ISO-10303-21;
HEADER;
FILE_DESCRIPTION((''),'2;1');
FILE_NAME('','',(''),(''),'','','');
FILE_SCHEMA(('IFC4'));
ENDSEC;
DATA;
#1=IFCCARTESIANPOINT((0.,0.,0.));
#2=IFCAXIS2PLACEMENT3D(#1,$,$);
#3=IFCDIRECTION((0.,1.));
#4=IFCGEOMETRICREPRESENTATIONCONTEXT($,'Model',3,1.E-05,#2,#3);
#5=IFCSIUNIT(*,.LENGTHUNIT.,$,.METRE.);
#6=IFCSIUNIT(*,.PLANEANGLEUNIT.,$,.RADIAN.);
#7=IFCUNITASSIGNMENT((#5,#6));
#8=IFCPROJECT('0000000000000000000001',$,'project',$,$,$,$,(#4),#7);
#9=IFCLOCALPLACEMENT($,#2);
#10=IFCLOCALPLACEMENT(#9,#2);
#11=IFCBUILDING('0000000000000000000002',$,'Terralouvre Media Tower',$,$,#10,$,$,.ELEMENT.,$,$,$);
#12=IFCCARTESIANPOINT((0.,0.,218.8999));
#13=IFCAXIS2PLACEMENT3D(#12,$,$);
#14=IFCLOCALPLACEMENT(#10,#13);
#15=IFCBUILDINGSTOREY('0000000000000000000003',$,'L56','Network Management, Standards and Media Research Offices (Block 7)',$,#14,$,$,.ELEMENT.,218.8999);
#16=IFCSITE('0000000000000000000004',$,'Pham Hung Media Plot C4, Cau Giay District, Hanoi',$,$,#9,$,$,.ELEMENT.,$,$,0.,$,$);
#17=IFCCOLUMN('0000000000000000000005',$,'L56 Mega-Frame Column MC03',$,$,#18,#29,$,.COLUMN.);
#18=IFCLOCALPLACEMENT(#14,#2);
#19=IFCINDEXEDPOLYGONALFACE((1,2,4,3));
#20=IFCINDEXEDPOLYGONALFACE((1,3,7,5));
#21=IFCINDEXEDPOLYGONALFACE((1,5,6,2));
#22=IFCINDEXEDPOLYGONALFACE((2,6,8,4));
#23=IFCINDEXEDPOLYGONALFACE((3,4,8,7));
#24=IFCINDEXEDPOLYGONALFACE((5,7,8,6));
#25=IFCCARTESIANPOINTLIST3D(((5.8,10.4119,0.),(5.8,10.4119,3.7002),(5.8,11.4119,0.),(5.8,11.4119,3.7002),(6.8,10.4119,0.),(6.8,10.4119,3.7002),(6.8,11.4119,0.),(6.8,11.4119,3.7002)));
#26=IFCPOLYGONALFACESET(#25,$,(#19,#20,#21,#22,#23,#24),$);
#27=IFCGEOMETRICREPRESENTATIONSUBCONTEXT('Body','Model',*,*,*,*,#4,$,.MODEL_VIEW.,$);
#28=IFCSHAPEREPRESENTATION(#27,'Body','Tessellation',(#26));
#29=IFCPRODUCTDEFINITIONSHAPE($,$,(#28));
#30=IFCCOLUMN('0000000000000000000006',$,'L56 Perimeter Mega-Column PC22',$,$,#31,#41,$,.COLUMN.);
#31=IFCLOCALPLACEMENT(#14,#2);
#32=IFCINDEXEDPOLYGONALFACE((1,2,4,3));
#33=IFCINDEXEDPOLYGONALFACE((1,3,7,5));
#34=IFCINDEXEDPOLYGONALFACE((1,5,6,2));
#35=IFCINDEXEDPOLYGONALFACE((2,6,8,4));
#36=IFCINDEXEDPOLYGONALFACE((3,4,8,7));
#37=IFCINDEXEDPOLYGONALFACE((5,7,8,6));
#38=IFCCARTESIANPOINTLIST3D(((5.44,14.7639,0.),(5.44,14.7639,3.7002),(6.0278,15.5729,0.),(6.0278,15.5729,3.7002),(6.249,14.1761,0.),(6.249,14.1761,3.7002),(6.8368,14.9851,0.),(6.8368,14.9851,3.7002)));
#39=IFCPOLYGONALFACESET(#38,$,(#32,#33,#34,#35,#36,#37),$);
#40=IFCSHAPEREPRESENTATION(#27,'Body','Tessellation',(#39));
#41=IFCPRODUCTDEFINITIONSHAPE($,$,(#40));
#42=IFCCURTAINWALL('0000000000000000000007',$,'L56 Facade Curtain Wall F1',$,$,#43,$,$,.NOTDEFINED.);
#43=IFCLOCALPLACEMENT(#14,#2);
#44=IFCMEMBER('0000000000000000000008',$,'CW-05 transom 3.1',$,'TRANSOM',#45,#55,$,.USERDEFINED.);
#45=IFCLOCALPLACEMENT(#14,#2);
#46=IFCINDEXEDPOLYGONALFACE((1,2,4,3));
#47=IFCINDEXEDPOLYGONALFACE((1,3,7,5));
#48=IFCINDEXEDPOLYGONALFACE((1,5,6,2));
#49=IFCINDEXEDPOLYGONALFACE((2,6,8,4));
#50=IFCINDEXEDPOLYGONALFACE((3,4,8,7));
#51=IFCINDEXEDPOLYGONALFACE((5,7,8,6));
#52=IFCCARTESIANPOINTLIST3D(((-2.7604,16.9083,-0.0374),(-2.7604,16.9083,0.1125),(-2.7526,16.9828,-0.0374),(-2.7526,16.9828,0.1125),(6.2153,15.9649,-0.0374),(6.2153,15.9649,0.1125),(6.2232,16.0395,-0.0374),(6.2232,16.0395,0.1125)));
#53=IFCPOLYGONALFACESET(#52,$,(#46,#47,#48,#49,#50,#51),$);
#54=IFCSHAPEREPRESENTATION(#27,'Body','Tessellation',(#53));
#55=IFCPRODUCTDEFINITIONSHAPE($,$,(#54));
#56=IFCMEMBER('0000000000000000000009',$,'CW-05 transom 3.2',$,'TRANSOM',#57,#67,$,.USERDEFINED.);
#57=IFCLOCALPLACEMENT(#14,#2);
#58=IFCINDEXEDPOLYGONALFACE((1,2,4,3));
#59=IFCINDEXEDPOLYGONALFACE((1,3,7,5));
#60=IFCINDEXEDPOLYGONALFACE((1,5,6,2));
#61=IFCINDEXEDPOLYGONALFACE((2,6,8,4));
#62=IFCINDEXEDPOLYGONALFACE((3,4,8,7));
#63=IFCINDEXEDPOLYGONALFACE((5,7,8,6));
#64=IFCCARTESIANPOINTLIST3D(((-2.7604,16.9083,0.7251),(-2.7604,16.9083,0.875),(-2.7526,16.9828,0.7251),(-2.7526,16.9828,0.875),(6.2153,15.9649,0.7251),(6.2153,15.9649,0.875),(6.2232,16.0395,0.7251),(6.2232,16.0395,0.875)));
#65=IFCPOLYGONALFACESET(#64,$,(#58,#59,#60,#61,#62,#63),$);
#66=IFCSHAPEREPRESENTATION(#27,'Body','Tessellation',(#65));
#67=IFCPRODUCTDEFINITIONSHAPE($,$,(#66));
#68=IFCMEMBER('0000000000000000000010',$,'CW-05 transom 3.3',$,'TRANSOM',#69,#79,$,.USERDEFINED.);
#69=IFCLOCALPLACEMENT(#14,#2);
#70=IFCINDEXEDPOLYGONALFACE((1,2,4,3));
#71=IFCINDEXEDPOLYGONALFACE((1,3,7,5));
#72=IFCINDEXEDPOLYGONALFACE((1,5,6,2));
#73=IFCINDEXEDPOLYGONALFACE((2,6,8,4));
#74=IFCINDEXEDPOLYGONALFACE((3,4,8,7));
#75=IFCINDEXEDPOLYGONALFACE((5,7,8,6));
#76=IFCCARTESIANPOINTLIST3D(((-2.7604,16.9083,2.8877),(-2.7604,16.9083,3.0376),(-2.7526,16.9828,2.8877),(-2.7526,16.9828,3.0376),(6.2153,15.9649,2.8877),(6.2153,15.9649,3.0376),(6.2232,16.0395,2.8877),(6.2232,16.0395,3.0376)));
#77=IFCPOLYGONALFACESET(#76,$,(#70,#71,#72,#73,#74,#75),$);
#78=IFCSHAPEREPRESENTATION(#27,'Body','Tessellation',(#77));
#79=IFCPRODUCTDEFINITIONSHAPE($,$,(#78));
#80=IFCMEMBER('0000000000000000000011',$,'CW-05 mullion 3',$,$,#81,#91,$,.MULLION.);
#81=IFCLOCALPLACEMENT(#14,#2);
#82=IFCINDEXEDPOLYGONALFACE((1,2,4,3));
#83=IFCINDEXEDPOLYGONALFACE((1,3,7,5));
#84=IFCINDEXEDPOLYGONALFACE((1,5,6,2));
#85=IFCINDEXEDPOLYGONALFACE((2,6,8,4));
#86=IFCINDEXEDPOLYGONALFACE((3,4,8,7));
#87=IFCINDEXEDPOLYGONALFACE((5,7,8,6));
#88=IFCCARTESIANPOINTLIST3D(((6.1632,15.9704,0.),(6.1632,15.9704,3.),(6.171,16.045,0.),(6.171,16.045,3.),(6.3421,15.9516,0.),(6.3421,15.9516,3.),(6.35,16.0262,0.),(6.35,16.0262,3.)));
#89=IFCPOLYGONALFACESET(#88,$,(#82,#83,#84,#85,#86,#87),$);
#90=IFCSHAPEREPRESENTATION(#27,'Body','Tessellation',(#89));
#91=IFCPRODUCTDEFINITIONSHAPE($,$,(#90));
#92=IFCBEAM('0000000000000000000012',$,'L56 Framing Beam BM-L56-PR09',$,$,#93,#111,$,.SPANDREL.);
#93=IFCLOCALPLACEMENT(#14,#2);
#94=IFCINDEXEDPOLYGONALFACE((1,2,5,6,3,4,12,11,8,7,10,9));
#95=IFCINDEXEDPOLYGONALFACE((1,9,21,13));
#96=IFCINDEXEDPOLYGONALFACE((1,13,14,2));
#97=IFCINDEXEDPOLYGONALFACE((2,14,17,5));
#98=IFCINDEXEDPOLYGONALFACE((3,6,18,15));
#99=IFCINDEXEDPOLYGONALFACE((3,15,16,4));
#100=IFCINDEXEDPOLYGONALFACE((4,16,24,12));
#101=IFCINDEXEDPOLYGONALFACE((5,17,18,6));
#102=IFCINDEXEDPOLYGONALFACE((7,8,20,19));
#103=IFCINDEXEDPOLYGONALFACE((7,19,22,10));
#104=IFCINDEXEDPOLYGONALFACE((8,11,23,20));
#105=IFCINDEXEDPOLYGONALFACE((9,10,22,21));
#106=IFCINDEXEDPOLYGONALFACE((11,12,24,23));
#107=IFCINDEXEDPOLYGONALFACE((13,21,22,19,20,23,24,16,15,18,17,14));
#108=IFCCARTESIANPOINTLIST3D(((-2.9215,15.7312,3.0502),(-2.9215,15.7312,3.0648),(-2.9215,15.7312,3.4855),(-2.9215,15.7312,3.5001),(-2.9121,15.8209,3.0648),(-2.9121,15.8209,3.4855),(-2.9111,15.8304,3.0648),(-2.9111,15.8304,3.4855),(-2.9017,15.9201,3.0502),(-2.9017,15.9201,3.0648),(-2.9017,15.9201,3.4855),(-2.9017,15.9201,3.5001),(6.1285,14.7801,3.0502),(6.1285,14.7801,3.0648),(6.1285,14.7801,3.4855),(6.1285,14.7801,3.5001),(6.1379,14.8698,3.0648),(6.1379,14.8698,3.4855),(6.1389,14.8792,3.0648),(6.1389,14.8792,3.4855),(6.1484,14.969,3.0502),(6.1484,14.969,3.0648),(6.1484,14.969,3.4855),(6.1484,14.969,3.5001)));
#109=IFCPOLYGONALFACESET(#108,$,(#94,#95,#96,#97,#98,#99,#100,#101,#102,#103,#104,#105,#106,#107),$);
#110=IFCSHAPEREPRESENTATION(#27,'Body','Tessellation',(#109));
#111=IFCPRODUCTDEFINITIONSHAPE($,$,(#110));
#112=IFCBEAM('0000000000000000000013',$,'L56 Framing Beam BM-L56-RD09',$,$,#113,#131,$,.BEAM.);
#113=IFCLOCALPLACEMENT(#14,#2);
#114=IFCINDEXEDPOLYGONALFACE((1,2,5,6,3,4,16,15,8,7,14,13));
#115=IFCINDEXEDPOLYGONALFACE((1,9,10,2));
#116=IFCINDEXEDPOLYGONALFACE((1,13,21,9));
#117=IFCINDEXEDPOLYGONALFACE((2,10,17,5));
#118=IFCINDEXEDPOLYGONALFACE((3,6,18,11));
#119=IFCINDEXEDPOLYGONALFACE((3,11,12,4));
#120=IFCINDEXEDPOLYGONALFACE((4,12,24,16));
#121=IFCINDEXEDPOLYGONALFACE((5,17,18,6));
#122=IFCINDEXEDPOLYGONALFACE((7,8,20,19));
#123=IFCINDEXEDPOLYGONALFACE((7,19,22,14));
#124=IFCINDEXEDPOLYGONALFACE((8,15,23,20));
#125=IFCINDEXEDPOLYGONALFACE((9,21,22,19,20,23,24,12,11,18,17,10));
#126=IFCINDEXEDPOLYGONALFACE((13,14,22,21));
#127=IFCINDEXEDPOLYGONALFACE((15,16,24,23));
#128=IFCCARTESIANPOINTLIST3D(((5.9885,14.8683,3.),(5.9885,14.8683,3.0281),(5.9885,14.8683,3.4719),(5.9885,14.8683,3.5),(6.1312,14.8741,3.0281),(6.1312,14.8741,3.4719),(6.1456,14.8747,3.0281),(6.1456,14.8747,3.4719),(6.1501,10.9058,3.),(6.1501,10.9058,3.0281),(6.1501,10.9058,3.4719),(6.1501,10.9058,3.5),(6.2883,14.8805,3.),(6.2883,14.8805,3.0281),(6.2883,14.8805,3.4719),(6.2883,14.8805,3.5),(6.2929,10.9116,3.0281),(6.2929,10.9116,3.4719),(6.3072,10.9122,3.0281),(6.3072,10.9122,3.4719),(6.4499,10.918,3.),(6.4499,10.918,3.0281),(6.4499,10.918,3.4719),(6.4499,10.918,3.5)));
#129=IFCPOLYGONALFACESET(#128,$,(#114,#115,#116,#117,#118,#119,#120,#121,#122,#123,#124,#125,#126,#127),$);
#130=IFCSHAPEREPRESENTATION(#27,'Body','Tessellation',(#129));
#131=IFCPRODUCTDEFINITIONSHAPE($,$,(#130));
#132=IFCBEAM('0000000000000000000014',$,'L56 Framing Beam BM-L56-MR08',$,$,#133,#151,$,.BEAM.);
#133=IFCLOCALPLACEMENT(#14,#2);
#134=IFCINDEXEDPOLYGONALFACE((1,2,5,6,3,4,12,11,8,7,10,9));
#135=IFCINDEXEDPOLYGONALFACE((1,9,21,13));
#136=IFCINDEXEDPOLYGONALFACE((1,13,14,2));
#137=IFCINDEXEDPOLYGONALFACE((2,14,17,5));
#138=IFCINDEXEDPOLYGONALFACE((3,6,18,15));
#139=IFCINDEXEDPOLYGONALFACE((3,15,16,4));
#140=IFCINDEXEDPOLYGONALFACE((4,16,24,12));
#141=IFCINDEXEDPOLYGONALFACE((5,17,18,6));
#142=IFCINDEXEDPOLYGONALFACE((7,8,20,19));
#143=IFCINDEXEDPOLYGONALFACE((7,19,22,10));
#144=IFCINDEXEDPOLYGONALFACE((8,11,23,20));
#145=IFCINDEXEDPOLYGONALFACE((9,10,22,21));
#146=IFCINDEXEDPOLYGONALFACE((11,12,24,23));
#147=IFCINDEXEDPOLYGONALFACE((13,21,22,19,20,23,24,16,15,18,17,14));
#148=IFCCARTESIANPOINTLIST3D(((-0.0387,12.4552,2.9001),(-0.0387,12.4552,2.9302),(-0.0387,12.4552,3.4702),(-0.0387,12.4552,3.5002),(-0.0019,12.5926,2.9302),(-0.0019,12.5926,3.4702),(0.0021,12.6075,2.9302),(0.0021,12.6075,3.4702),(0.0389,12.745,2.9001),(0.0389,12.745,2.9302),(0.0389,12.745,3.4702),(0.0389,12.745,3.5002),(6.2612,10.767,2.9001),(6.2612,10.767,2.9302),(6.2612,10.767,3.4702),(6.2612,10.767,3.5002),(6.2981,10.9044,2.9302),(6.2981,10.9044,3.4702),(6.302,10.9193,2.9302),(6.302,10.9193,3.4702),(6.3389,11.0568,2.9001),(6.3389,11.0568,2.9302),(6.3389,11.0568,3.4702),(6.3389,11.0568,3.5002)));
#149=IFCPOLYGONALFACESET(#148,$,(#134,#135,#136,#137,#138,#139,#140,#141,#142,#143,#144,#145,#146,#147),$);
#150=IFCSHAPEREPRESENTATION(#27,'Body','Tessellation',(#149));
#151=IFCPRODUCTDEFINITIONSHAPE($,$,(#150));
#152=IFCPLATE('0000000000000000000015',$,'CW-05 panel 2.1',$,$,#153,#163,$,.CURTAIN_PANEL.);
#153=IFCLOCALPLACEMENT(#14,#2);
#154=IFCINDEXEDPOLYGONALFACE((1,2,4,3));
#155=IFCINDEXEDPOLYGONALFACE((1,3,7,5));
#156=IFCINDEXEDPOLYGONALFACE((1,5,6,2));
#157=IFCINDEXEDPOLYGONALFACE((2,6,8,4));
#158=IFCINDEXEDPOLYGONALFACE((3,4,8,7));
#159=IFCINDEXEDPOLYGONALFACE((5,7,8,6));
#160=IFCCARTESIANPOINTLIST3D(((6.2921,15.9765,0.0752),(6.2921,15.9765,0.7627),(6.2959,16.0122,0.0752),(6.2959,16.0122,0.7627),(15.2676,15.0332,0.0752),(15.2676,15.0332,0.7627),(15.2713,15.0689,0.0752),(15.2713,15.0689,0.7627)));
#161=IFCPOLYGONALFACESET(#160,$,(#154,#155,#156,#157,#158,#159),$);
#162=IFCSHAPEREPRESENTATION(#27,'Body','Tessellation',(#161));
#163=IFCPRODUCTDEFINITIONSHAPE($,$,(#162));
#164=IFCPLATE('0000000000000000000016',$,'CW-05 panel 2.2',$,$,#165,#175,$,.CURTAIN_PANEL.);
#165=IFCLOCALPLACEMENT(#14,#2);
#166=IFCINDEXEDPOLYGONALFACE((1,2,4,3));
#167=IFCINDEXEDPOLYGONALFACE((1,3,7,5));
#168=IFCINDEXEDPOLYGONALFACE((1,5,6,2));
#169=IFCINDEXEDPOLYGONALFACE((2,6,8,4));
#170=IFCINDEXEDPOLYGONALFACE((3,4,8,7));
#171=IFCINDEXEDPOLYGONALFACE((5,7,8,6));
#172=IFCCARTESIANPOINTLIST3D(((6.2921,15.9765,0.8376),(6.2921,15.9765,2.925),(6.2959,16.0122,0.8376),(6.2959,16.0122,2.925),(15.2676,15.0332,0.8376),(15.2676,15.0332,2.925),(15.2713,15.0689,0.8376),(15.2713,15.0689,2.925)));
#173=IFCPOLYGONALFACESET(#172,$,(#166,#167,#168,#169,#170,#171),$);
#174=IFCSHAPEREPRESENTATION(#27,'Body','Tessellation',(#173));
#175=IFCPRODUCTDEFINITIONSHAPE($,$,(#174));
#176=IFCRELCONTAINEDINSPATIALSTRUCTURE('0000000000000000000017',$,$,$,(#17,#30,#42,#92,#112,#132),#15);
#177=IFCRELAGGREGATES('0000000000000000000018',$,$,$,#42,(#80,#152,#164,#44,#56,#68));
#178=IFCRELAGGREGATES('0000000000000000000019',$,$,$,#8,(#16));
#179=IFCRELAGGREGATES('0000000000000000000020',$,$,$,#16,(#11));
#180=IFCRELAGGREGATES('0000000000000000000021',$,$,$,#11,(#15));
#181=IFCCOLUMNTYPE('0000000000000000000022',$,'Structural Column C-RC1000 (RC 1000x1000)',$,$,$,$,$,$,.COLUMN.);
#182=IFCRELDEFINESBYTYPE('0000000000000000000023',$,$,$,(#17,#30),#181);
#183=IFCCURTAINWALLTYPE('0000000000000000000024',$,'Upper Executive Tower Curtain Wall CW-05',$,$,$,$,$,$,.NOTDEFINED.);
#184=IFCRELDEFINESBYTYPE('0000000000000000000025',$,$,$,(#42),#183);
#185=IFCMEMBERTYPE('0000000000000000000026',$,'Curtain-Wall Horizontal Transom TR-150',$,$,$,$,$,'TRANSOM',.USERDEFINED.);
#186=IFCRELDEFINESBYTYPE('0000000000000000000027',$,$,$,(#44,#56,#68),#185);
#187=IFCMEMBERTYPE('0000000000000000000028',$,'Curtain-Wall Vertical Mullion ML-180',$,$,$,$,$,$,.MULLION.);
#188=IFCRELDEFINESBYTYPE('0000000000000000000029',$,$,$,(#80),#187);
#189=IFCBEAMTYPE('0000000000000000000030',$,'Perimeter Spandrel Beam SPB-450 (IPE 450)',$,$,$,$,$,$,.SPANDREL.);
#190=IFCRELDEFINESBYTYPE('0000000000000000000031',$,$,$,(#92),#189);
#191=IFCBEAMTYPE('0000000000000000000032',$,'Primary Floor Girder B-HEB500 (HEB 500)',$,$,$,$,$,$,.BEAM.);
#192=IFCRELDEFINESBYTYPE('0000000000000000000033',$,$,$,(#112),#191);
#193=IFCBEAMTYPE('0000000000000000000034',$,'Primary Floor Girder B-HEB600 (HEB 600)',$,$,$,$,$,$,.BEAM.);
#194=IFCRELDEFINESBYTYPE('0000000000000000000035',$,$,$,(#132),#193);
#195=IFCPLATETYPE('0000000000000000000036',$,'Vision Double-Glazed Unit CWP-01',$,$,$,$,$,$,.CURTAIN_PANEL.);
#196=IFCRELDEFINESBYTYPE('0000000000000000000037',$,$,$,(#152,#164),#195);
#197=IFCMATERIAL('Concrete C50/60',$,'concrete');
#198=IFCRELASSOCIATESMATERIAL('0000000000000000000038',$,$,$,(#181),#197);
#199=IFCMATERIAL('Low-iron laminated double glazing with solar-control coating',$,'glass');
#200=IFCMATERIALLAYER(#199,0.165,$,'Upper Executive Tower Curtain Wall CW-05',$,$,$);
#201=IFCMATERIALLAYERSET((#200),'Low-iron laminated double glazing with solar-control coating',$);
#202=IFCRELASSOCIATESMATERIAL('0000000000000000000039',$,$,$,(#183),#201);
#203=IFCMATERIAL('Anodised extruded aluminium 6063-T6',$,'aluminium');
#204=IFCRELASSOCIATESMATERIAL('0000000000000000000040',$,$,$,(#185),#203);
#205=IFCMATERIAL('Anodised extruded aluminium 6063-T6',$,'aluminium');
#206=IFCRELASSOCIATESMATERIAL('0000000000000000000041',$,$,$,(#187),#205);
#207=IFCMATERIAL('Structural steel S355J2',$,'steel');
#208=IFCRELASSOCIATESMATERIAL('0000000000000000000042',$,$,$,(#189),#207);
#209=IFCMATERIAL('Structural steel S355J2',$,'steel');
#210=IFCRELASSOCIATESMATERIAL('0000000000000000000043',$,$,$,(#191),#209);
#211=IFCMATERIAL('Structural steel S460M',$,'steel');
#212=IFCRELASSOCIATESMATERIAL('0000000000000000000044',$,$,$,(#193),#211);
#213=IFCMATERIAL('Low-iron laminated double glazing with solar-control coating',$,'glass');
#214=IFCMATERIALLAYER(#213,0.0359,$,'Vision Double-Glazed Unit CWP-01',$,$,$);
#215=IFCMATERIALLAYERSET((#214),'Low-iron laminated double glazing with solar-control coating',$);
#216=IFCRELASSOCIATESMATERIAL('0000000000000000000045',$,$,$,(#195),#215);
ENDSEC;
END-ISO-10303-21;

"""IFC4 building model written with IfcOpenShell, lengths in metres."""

from ifc_helpers import new_model, si_unit, direction, frame, origin, origin_2d, place, context, subcontext, project, spatial, rectangle, i_section, extrude, material, layer, layer_set, material_profile, profile_set, type_object, element, aggregate, save


model = new_model("IFC4")

# Units and contexts
model_context = context("Model", 3, precision=1e-05, world=origin(), true_north=direction((0.0, 1.0)))
body_context = subcontext(model_context, "Body", "Model", "MODEL_VIEW")
ifc_project = project(units=[si_unit("LENGTHUNIT", "METRE"), si_unit("PLANEANGLEUNIT", "RADIAN")], contexts=[model_context])

# Site, building, storey
site_placement = place(None, origin())
site = spatial("IfcSite", under=ifc_project, at=site_placement, Name="Pham Hung Media Plot C4, Cau Giay District, Hanoi", CompositionType="ELEMENT", RefElevation=0.0)
building_placement = place(site_placement, origin())
building = spatial("IfcBuilding", under=site, at=building_placement, Name="Terralouvre Media Tower", CompositionType="ELEMENT")
storey_placement = place(building_placement, frame((0.0, 0.0, 218.8999)))
storey = spatial("IfcBuildingStorey", under=building, at=storey_placement, Name="L56", Description="Network Management, Standards and Media Research Offices (Block 7)", CompositionType="ELEMENT", Elevation=218.8999)

# Columns
ifc_material_1 = material(Name="Concrete C50/60", Category="concrete")
ifc_material_profile_1 = material_profile(ifc_material_1, rectangle(XDim=1.0, YDim=1.0, at=origin_2d()), Name="RC 1000x1000")
ifc_profile_set_1 = profile_set([ifc_material_profile_1], Name="Concrete C50/60")
column_type = type_object("IfcColumnType", Name="Structural Column C-RC1000 (RC 1000x1000)", PredefinedType="COLUMN", material=ifc_profile_set_1)
for number, where, z_axis, x_axis, name in (
    (1, (6.3, 10.9119, 0.0), (0.0, 0.0, 1.0), (1.0, 0.0, 0.0), "L56 Mega-Frame Column MC03"),
    (2, (6.1384, 14.8745, 0.0), (0.0, 0.0, 1.0), (0.587785, 0.809017, 0.0), "L56 Perimeter Mega-Column PC22"),
):
    element("IfcColumn", number, at=place(storey_placement, frame(where, z_axis=z_axis, x_axis=x_axis)), inside=storey, type_object=column_type, Name=name, PredefinedType="COLUMN", context=body_context, shape_type="SweptSolid", body=[
        extrude(rectangle(XDim=1.0, YDim=1.0, at=origin_2d()), origin(), (0.0, 0.0, 1.0), 3.7002),
    ])

# Curtain wall, members
ifc_material_2 = material(Name="Low-iron laminated double glazing with solar-control coating", Category="glass")
ifc_layer_1 = layer(ifc_material_2, 0.165, Name="Upper Executive Tower Curtain Wall CW-05")
ifc_layer_set_1 = layer_set([ifc_layer_1], Name="Low-iron laminated double glazing with solar-control coating")
curtain_wall_type = type_object("IfcCurtainWallType", Name="Upper Executive Tower Curtain Wall CW-05", PredefinedType="NOTDEFINED", material=ifc_layer_set_1)
curtain_wall_placement = place(storey_placement, origin())
curtain_wall = element("IfcCurtainWall", 3, at=curtain_wall_placement, inside=storey, type_object=curtain_wall_type, Name="L56 Facade Curtain Wall F1", PredefinedType="NOTDEFINED")
ifc_material_3 = material(Name="Anodised extruded aluminium 6063-T6", Category="aluminium")
ifc_material_profile_2 = material_profile(ifc_material_3, rectangle(XDim=0.075, YDim=0.1499, at=origin_2d()), Name="ALU 75x150")
ifc_profile_set_2 = profile_set([ifc_material_profile_2], Name="Anodised extruded aluminium 6063-T6")
member_type_1 = type_object("IfcMemberType", Name="Curtain-Wall Horizontal Transom TR-150", ElementType="TRANSOM", PredefinedType="USERDEFINED", material=ifc_profile_set_2)
member_1_placement = place(storey_placement, frame((6.2192, 16.0022, 0.0376), z_axis=(-0.994522, 0.104527, 0.0), x_axis=(-0.104527, -0.994522, 0.0)))
member_1 = element("IfcMember", 4, at=member_1_placement, type_object=member_type_1, Name="CW-05 transom 3.1", ObjectType="TRANSOM", PredefinedType="USERDEFINED", context=body_context, shape_type="SweptSolid", body=[
    extrude(rectangle(XDim=0.075, YDim=0.1499, at=origin_2d()), origin(), (0.0, 0.0, 1.0), 9.0251),
])
member_2_placement = place(storey_placement, frame((6.2192, 16.0022, 0.8), z_axis=(-0.994522, 0.104527, 0.0), x_axis=(-0.104527, -0.994522, 0.0)))
member_2 = element("IfcMember", 5, at=member_2_placement, type_object=member_type_1, Name="CW-05 transom 3.2", ObjectType="TRANSOM", PredefinedType="USERDEFINED", context=body_context, shape_type="SweptSolid", body=[
    extrude(rectangle(XDim=0.075, YDim=0.1499, at=origin_2d()), origin(), (0.0, 0.0, 1.0), 9.0251),
])
member_3_placement = place(storey_placement, frame((6.2192, 16.0022, 2.9626), z_axis=(-0.994522, 0.104527, 0.0), x_axis=(-0.104527, -0.994522, 0.0)))
member_3 = element("IfcMember", 6, at=member_3_placement, type_object=member_type_1, Name="CW-05 transom 3.3", ObjectType="TRANSOM", PredefinedType="USERDEFINED", context=body_context, shape_type="SweptSolid", body=[
    extrude(rectangle(XDim=0.075, YDim=0.1499, at=origin_2d()), origin(), (0.0, 0.0, 1.0), 9.0251),
])
ifc_material_4 = material(Name="Anodised extruded aluminium 6063-T6", Category="aluminium")
ifc_material_profile_3 = material_profile(ifc_material_4, rectangle(XDim=0.075, YDim=0.1799, at=origin_2d()), Name="ALU 75x180")
ifc_profile_set_3 = profile_set([ifc_material_profile_3], Name="Anodised extruded aluminium 6063-T6")
member_type_2 = type_object("IfcMemberType", Name="Curtain-Wall Vertical Mullion ML-180", PredefinedType="MULLION", material=ifc_profile_set_3)
member_4_placement = place(storey_placement, frame((6.2566, 15.9983, 0.0), z_axis=(0.0, 0.0, 1.0), x_axis=(-0.104529, -0.994522, 0.0)))
member_4 = element("IfcMember", 7, at=member_4_placement, type_object=member_type_2, Name="CW-05 mullion 3", PredefinedType="MULLION", context=body_context, shape_type="SweptSolid", body=[
    extrude(rectangle(XDim=0.075, YDim=0.1799, at=origin_2d()), origin(), (0.0, 0.0, 1.0), 3.0),
])

# Beams
ifc_material_5 = material(Name="Structural steel S355J2", Category="steel")
ifc_material_profile_4 = material_profile(ifc_material_5, i_section(OverallWidth=0.1899, OverallDepth=0.45, WebThickness=0.0095, FlangeThickness=0.0146, at=origin_2d()), Name="IPE 450")
ifc_profile_set_4 = profile_set([ifc_material_profile_4], Name="Structural steel S355J2")
beam_type_1 = type_object("IfcBeamType", Name="Perimeter Spandrel Beam SPB-450 (IPE 450)", PredefinedType="SPANDREL", material=ifc_profile_set_4)
beam_1_placement = place(storey_placement, frame((6.1384, 14.8745, 3.2751), z_axis=(-0.994522, 0.104526, 0.0), x_axis=(-0.104526, -0.994522, 0.0)))
element("IfcBeam", 8, at=beam_1_placement, inside=storey, type_object=beam_type_1, Name="L56 Framing Beam BM-L56-PR09", PredefinedType="SPANDREL", context=body_context, shape_type="SweptSolid", body=[
    extrude(i_section(OverallWidth=0.1899, OverallDepth=0.45, WebThickness=0.0095, FlangeThickness=0.0146, at=origin_2d()), origin(), (0.0, 0.0, 1.0), 9.0999),
])
ifc_material_6 = material(Name="Structural steel S355J2", Category="steel")
ifc_material_profile_5 = material_profile(ifc_material_6, i_section(OverallWidth=0.3, OverallDepth=0.5, WebThickness=0.0144, FlangeThickness=0.0281, at=origin_2d()), Name="HEB 500")
ifc_profile_set_5 = profile_set([ifc_material_profile_5], Name="Structural steel S355J2")
beam_type_2 = type_object("IfcBeamType", Name="Primary Floor Girder B-HEB500 (HEB 500)", PredefinedType="BEAM", material=ifc_profile_set_5)
beam_2_placement = place(storey_placement, frame((6.3, 10.9119, 3.25), z_axis=(-0.040752, 0.999169, 0.0), x_axis=(-0.999169, -0.040752, 0.0)))
element("IfcBeam", 9, at=beam_2_placement, inside=storey, type_object=beam_type_2, Name="L56 Framing Beam BM-L56-RD09", PredefinedType="BEAM", context=body_context, shape_type="SweptSolid", body=[
    extrude(i_section(OverallWidth=0.3, OverallDepth=0.5, WebThickness=0.0144, FlangeThickness=0.0281, at=origin_2d()), origin(), (0.0, 0.0, 1.0), 3.9658),
])
ifc_material_7 = material(Name="Structural steel S460M", Category="steel")
ifc_material_profile_6 = material_profile(ifc_material_7, i_section(OverallWidth=0.3, OverallDepth=0.6001, WebThickness=0.0154, FlangeThickness=0.03, at=origin_2d()), Name="HEB 600")
ifc_profile_set_6 = profile_set([ifc_material_profile_6], Name="Structural steel S460M")
beam_type_3 = type_object("IfcBeamType", Name="Primary Floor Girder B-HEB600 (HEB 600)", PredefinedType="BEAM", material=ifc_profile_set_6)
beam_3_placement = place(storey_placement, frame((6.3, 10.9119, 3.2002), z_axis=(-0.96592, 0.258839, 0.0), x_axis=(-0.258839, -0.96592, 0.0)))
element("IfcBeam", 10, at=beam_3_placement, inside=storey, type_object=beam_type_3, Name="L56 Framing Beam BM-L56-MR08", PredefinedType="BEAM", context=body_context, shape_type="SweptSolid", body=[
    extrude(i_section(OverallWidth=0.3, OverallDepth=0.6001, WebThickness=0.0154, FlangeThickness=0.03, at=origin_2d()), origin(), (0.0, 0.0, 1.0), 6.5222),
])

# Plates
ifc_material_8 = material(Name="Low-iron laminated double glazing with solar-control coating", Category="glass")
ifc_layer_2 = layer(ifc_material_8, 0.0359, Name="Vision Double-Glazed Unit CWP-01")
ifc_layer_set_2 = layer_set([ifc_layer_2], Name="Low-iron laminated double glazing with solar-control coating")
plate_type = type_object("IfcPlateType", Name="Vision Double-Glazed Unit CWP-01", PredefinedType="CURTAIN_PANEL", material=ifc_layer_set_2)
plate_1_placement = place(storey_placement, frame((10.7817, 15.5227, 0.0752), z_axis=(0.0, 0.0, 1.0), x_axis=(-0.994522, 0.104529, 0.0)))
plate_1 = element("IfcPlate", 11, at=plate_1_placement, type_object=plate_type, Name="CW-05 panel 2.1", PredefinedType="CURTAIN_PANEL", context=body_context, shape_type="SweptSolid", body=[
    extrude(rectangle(XDim=9.0249, YDim=0.0359, at=origin_2d()), origin(), (0.0, 0.0, 1.0), 0.6875),
])
plate_2_placement = place(storey_placement, frame((10.7817, 15.5227, 0.8376), z_axis=(0.0, 0.0, 1.0), x_axis=(-0.994522, 0.104529, 0.0)))
plate_2 = element("IfcPlate", 12, at=plate_2_placement, type_object=plate_type, Name="CW-05 panel 2.2", PredefinedType="CURTAIN_PANEL", context=body_context, shape_type="SweptSolid", body=[
    extrude(rectangle(XDim=9.0249, YDim=0.0359, at=origin_2d()), origin(), (0.0, 0.0, 1.0), 2.0874),
])
aggregate(curtain_wall, [member_4, plate_1, plate_2, member_1, member_2, member_3])

save(model, "model.ifc")
